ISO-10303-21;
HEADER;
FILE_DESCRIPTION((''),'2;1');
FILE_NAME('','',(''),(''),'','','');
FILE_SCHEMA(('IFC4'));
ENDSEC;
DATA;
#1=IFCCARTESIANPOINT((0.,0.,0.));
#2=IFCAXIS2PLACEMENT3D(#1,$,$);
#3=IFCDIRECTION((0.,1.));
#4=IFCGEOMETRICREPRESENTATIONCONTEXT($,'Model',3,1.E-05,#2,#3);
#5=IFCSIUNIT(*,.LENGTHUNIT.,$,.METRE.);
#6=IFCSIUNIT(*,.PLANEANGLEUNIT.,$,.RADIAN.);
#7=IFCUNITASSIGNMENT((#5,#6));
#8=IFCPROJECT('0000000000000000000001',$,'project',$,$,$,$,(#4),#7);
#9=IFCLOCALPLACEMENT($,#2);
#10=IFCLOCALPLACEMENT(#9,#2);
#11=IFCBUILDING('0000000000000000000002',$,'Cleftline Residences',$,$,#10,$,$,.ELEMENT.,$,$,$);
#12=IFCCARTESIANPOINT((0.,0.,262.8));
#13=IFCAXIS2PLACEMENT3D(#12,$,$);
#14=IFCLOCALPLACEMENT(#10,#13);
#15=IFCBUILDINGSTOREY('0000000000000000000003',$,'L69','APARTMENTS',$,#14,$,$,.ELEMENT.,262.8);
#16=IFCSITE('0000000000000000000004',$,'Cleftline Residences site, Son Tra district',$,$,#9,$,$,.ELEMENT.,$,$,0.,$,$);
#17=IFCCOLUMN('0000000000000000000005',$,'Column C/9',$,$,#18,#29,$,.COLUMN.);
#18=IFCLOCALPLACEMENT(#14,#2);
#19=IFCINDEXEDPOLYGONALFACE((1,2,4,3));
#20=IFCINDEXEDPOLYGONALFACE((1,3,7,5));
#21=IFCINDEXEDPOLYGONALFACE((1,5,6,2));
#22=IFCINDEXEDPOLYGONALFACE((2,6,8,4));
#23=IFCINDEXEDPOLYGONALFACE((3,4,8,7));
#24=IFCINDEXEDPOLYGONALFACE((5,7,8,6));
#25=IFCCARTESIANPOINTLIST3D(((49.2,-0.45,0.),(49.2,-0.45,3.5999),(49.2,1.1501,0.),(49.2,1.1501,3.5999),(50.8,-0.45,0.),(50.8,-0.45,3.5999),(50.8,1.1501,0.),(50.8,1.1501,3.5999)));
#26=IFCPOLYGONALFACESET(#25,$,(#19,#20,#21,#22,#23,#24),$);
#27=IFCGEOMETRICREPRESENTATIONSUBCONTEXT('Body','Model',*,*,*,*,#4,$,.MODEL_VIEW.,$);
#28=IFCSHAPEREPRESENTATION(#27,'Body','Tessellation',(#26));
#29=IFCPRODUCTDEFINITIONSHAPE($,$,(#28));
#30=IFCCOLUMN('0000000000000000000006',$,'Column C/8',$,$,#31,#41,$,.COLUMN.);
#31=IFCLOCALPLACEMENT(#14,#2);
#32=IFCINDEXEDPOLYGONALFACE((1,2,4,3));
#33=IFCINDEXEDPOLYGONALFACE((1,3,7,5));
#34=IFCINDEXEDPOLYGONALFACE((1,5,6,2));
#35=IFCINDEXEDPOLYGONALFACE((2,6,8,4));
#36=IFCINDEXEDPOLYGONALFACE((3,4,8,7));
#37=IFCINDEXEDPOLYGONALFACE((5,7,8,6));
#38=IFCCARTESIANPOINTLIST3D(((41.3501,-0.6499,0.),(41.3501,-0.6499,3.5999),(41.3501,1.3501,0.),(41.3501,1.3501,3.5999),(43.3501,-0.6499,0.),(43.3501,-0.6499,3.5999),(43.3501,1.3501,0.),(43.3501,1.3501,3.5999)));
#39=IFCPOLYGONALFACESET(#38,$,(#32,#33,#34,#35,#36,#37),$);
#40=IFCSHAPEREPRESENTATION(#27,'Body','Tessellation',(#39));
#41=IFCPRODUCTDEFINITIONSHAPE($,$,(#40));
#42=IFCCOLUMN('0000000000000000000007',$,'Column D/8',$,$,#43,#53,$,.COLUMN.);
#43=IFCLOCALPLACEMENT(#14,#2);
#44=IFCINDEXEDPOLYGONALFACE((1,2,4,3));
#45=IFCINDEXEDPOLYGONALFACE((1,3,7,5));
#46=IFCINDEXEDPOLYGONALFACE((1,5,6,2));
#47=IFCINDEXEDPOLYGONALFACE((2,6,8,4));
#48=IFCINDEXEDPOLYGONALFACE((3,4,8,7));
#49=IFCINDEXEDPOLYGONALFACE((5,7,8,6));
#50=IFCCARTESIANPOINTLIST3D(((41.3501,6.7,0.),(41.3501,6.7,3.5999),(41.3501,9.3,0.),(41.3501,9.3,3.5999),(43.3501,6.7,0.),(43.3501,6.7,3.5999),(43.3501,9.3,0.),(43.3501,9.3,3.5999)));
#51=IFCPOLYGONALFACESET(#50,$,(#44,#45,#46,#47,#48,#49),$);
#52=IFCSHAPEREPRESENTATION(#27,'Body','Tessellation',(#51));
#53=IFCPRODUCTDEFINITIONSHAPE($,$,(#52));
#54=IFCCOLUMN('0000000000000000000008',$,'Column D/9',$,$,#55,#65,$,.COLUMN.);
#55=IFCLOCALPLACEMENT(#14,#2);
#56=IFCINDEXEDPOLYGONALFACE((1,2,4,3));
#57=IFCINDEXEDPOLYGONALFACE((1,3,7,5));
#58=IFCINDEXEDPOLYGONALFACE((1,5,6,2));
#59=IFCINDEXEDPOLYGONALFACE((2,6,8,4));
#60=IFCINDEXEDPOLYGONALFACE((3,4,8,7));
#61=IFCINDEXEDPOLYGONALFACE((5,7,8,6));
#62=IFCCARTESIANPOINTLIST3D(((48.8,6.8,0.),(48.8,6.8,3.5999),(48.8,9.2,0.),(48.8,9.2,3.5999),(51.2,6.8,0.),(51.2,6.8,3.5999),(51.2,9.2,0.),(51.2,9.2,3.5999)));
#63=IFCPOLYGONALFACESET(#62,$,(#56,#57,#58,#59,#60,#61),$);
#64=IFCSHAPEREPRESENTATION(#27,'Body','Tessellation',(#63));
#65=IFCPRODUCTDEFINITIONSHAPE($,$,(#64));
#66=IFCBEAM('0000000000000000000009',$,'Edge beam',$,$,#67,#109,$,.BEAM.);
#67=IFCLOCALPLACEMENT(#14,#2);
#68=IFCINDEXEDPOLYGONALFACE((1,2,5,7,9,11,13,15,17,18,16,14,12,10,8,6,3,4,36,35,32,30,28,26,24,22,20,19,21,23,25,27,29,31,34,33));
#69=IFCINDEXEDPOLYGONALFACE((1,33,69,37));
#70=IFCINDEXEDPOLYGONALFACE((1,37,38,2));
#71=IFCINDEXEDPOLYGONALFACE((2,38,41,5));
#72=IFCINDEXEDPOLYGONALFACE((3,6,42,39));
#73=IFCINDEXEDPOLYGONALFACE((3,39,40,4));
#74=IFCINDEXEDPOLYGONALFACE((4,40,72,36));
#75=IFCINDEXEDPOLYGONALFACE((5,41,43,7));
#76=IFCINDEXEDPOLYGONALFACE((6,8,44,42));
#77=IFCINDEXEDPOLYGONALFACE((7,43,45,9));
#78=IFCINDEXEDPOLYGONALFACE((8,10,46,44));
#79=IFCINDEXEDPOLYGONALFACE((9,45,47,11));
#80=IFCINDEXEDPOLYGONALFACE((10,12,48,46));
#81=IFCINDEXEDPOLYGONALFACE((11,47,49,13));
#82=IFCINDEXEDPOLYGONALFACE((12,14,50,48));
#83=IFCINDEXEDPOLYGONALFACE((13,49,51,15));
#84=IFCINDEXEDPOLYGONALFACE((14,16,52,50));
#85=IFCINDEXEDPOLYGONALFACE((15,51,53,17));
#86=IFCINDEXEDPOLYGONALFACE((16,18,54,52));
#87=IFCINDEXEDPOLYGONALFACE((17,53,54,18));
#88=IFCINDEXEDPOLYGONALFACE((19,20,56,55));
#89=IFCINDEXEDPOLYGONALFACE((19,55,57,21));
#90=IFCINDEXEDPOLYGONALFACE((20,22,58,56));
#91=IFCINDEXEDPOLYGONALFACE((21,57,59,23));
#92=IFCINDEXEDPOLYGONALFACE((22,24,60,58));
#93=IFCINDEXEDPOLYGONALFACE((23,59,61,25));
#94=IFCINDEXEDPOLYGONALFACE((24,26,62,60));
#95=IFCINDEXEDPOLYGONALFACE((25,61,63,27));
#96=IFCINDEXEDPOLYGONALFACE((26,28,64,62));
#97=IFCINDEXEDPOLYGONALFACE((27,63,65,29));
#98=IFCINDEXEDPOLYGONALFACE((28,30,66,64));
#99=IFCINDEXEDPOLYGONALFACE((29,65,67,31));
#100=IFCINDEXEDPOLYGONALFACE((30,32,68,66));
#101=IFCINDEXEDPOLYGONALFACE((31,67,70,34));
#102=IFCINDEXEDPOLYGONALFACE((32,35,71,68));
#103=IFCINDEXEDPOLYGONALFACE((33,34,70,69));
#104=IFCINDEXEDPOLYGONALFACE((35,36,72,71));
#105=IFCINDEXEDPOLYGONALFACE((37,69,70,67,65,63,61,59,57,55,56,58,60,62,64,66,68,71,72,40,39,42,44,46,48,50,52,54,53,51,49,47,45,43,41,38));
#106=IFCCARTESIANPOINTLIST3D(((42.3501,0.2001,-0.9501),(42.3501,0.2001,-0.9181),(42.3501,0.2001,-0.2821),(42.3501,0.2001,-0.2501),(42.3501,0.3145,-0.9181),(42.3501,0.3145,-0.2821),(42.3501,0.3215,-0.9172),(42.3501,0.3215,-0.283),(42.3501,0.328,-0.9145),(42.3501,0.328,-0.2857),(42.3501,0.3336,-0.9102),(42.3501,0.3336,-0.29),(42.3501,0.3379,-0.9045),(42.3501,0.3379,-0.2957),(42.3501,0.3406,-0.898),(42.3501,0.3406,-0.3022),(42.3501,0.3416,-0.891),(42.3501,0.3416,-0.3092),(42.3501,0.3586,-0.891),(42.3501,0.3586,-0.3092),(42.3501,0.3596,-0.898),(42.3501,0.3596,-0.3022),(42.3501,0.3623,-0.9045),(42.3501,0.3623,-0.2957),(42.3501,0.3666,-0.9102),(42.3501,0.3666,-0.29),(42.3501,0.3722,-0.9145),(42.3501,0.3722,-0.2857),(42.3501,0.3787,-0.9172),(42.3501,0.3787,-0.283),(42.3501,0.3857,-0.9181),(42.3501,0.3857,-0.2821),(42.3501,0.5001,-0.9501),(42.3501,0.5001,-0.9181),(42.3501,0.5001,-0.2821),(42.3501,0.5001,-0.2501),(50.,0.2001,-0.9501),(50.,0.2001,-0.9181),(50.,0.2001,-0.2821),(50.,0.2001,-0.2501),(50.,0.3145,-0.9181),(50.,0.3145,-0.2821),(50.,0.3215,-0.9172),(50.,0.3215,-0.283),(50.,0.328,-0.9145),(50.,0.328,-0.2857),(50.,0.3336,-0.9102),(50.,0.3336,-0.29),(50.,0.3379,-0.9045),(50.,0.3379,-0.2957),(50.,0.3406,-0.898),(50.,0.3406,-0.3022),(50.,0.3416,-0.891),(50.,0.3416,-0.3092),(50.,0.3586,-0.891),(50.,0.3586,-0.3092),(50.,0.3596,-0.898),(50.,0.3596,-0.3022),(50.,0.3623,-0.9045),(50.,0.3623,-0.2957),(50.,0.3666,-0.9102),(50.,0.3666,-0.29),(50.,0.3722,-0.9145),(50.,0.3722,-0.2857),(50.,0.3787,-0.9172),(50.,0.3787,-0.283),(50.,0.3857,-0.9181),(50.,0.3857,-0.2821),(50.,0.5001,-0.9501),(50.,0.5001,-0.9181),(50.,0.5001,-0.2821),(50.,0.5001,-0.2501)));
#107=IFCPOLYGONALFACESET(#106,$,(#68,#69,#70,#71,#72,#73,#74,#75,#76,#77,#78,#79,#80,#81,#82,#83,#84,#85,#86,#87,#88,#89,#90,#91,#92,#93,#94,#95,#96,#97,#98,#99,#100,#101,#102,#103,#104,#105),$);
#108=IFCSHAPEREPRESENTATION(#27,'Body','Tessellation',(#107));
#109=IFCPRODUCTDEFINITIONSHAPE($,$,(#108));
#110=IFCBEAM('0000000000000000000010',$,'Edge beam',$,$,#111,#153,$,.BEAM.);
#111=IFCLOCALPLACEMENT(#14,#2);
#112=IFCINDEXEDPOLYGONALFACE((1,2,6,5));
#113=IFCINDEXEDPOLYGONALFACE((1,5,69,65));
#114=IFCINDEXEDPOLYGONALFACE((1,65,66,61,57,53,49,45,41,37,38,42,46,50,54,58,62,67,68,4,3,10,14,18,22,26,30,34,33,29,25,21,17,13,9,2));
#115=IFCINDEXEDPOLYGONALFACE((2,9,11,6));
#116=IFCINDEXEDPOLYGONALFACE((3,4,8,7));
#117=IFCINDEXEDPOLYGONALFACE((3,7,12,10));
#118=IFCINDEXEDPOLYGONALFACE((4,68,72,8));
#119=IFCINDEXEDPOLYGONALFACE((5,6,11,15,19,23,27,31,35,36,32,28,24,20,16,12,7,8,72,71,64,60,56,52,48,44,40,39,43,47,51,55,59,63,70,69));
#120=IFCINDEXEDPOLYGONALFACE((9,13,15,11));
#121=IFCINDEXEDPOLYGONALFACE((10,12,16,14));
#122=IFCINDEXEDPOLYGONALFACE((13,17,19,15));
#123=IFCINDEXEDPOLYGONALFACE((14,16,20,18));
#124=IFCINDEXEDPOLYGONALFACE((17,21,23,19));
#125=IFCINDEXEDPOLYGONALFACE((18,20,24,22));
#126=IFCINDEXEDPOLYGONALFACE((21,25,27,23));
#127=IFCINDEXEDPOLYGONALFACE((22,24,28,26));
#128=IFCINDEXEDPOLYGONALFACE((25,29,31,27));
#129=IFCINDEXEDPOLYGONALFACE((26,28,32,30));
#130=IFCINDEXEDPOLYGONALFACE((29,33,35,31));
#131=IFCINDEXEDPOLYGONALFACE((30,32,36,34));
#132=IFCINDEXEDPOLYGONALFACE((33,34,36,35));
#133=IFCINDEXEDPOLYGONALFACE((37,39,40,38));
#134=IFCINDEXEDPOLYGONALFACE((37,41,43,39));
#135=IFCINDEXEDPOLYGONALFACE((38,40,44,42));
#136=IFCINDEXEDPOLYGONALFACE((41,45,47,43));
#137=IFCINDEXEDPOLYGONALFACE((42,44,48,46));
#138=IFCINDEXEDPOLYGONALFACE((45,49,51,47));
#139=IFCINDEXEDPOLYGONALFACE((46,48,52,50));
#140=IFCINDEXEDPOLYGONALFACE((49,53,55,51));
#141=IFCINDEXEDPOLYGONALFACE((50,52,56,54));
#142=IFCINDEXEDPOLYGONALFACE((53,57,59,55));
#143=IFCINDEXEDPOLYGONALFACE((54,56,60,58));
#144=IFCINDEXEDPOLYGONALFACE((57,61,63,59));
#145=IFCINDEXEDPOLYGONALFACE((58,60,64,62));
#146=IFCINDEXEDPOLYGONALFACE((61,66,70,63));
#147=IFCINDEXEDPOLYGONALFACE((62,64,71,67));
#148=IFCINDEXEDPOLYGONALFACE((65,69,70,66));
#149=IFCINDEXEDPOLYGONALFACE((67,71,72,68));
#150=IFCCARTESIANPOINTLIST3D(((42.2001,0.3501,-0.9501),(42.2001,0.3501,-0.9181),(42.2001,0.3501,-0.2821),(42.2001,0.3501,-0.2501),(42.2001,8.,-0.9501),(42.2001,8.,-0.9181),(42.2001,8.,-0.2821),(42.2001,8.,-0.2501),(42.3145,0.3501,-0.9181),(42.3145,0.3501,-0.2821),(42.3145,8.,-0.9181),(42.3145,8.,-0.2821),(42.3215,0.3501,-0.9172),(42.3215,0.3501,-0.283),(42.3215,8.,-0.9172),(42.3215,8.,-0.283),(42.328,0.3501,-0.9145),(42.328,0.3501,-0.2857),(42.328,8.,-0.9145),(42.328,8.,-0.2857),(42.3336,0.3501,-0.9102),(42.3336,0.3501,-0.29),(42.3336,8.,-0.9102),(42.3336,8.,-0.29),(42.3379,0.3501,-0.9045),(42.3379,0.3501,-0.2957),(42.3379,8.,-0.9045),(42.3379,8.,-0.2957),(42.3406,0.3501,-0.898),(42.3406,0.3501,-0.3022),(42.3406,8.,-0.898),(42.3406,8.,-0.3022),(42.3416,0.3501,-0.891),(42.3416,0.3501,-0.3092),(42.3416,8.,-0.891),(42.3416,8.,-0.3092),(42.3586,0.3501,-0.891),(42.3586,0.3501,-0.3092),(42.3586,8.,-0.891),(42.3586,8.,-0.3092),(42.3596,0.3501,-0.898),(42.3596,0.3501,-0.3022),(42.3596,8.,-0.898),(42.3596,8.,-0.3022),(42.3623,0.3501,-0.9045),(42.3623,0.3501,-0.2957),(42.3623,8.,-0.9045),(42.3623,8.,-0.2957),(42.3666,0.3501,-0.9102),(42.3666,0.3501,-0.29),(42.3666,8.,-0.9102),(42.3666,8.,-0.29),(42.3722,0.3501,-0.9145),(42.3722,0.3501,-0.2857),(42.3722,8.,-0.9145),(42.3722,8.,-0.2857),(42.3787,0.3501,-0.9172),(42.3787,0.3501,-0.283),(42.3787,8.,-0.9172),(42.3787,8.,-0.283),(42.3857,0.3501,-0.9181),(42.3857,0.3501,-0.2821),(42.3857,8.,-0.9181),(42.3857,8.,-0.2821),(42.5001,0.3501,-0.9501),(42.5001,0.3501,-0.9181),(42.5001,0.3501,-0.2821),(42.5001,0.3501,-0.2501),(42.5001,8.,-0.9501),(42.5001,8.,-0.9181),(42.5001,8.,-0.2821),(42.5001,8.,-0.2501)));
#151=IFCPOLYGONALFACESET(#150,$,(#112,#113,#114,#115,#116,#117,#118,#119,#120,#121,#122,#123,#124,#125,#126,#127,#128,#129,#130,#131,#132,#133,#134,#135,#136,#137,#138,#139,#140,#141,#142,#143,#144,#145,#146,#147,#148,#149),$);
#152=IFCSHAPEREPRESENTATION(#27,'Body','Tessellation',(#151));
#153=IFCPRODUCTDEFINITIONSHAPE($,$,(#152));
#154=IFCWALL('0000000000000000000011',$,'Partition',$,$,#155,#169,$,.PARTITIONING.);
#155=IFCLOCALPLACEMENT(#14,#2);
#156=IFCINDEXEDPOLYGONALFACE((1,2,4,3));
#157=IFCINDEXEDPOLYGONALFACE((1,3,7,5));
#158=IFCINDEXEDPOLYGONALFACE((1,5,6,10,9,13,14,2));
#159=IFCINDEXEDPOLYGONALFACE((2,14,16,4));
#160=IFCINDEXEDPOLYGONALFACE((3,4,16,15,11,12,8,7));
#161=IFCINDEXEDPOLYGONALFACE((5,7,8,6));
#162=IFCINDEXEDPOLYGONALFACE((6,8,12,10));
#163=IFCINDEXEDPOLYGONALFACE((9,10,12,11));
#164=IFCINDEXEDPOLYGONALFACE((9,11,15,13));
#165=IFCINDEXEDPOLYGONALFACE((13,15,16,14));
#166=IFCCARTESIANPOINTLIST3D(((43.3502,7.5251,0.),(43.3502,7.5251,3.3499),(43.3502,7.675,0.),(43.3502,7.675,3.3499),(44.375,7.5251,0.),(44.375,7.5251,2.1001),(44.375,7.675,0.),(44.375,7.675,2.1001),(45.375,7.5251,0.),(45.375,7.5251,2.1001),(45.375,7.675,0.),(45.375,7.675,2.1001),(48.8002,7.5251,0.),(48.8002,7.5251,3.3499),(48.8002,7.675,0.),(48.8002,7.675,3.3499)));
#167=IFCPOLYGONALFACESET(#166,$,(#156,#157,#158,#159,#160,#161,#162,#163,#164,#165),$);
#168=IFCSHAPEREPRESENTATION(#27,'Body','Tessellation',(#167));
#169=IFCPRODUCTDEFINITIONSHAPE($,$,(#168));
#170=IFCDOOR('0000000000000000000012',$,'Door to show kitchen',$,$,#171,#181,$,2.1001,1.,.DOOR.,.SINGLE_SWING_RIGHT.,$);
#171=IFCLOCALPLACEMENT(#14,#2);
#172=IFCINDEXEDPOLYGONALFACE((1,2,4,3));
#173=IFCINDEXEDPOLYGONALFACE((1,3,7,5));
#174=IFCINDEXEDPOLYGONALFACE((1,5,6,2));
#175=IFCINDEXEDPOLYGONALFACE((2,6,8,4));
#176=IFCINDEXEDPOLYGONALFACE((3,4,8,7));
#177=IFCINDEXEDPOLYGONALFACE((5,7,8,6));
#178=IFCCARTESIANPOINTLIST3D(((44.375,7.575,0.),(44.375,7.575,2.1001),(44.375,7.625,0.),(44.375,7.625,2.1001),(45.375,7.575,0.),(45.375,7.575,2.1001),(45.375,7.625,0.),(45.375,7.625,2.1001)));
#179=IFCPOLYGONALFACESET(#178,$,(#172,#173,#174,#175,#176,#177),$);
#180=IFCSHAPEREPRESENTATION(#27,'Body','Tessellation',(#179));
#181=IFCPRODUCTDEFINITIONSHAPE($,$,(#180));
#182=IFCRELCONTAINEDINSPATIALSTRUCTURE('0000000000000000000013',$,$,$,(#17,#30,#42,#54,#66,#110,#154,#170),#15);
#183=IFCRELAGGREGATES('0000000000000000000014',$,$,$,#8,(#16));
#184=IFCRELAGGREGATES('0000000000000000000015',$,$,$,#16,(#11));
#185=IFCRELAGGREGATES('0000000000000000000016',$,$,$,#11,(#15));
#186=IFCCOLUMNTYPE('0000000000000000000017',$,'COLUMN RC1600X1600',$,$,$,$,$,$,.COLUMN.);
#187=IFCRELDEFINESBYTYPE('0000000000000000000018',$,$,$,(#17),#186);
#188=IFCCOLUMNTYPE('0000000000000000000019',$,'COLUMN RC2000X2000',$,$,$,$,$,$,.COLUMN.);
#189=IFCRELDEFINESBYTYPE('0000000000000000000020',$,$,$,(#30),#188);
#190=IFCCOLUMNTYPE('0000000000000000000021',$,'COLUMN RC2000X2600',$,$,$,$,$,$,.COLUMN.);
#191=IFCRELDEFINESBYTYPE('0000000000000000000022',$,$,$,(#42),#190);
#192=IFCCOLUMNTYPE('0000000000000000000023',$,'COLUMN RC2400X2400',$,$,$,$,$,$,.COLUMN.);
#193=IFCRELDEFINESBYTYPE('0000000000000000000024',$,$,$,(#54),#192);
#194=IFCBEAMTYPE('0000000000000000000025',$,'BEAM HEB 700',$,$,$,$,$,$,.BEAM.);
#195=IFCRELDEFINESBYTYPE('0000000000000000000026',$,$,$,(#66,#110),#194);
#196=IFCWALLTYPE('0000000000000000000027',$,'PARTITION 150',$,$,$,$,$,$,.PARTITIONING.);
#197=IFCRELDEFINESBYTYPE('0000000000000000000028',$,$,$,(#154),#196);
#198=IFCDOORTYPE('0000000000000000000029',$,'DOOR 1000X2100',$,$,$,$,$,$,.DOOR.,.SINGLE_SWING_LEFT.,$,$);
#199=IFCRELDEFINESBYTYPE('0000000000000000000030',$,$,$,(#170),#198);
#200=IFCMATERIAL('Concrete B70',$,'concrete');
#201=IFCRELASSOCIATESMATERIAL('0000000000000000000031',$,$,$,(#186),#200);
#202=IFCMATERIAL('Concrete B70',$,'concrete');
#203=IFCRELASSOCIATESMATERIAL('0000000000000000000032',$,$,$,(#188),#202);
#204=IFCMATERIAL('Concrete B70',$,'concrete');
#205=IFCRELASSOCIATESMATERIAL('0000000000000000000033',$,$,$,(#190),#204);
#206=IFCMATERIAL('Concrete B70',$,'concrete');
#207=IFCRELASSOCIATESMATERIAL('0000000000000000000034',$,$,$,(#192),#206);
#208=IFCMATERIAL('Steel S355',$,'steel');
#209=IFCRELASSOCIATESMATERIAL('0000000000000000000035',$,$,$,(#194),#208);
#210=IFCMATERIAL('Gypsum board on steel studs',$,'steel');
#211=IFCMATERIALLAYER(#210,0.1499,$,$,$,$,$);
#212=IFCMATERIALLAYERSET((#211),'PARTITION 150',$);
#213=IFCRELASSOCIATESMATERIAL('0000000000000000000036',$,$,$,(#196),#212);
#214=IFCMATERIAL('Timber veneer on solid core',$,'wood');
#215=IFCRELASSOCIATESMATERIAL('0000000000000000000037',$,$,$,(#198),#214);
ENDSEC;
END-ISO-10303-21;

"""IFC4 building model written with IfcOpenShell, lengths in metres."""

from ifc_helpers import new_model, si_unit, direction, frame, frame_2d, origin, origin_2d, place, context, subcontext, project, spatial, rectangle, i_section, extrude, material, layer, layer_set, material_profile, profile_set, type_object, element, fill, save


model = new_model("IFC4")

# Units and contexts
model_context = context("Model", 3, precision=1e-05, world=origin(), true_north=direction((0.0, 1.0)))
body_context = subcontext(model_context, "Body", "Model", "MODEL_VIEW")
ifc_project = project(units=[si_unit("LENGTHUNIT", "METRE"), si_unit("PLANEANGLEUNIT", "RADIAN")], contexts=[model_context])

# Site, building, storey
site_placement = place(None, origin())
site = spatial("IfcSite", under=ifc_project, at=site_placement, Name="Cleftline Residences site, Son Tra district", CompositionType="ELEMENT", RefElevation=0.0)
building_placement = place(site_placement, origin())
building = spatial("IfcBuilding", under=site, at=building_placement, Name="Cleftline Residences", CompositionType="ELEMENT")
storey_placement = place(building_placement, frame((0.0, 0.0, 262.8)))
storey = spatial("IfcBuildingStorey", under=building, at=storey_placement, Name="L69", Description="APARTMENTS", CompositionType="ELEMENT", Elevation=262.8)

# Columns
ifc_material_1 = material(Name="Concrete B70", Category="concrete")
ifc_material_profile_1 = material_profile(ifc_material_1, rectangle(XDim=1.6001, YDim=1.6001, at=origin_2d()))
ifc_profile_set_1 = profile_set([ifc_material_profile_1], Name="Concrete B70")
column_type_1 = type_object("IfcColumnType", Name="COLUMN RC1600X1600", PredefinedType="COLUMN", material=ifc_profile_set_1)
column_1_placement = place(storey_placement, frame((50.0, 0.3501, 0.0), z_axis=(0.0, 0.0, 1.0), x_axis=(1.0, 0.0, 0.0)))
element("IfcColumn", 1, at=column_1_placement, inside=storey, type_object=column_type_1, Name="Column C/9", PredefinedType="COLUMN", context=body_context, shape_type="SweptSolid", body=[
    extrude(rectangle(XDim=1.6001, YDim=1.6001, at=origin_2d()), origin(), (0.0, 0.0, 1.0), 3.5999),
])
ifc_material_2 = material(Name="Concrete B70", Category="concrete")
ifc_material_profile_2 = material_profile(ifc_material_2, rectangle(XDim=2.0, YDim=2.0, at=origin_2d()))
ifc_profile_set_2 = profile_set([ifc_material_profile_2], Name="Concrete B70")
column_type_2 = type_object("IfcColumnType", Name="COLUMN RC2000X2000", PredefinedType="COLUMN", material=ifc_profile_set_2)
column_2_placement = place(storey_placement, frame((42.3501, 0.3501, 0.0), z_axis=(0.0, 0.0, 1.0), x_axis=(1.0, 0.0, 0.0)))
element("IfcColumn", 2, at=column_2_placement, inside=storey, type_object=column_type_2, Name="Column C/8", PredefinedType="COLUMN", context=body_context, shape_type="SweptSolid", body=[
    extrude(rectangle(XDim=2.0, YDim=2.0, at=origin_2d()), origin(), (0.0, 0.0, 1.0), 3.5999),
])
ifc_material_3 = material(Name="Concrete B70", Category="concrete")
ifc_material_profile_3 = material_profile(ifc_material_3, rectangle(XDim=2.0, YDim=2.6001, at=origin_2d()))
ifc_profile_set_3 = profile_set([ifc_material_profile_3], Name="Concrete B70")
column_type_3 = type_object("IfcColumnType", Name="COLUMN RC2000X2600", PredefinedType="COLUMN", material=ifc_profile_set_3)
column_3_placement = place(storey_placement, frame((42.3501, 8.0, 0.0), z_axis=(0.0, 0.0, 1.0), x_axis=(1.0, 0.0, 0.0)))
element("IfcColumn", 3, at=column_3_placement, inside=storey, type_object=column_type_3, Name="Column D/8", PredefinedType="COLUMN", context=body_context, shape_type="SweptSolid", body=[
    extrude(rectangle(XDim=2.0, YDim=2.6001, at=origin_2d()), origin(), (0.0, 0.0, 1.0), 3.5999),
])
ifc_material_4 = material(Name="Concrete B70", Category="concrete")
ifc_material_profile_4 = material_profile(ifc_material_4, rectangle(XDim=2.3999, YDim=2.3999, at=origin_2d()))
ifc_profile_set_4 = profile_set([ifc_material_profile_4], Name="Concrete B70")
column_type_4 = type_object("IfcColumnType", Name="COLUMN RC2400X2400", PredefinedType="COLUMN", material=ifc_profile_set_4)
column_4_placement = place(storey_placement, frame((50.0, 8.0, 0.0), z_axis=(0.0, 0.0, 1.0), x_axis=(1.0, 0.0, 0.0)))
element("IfcColumn", 4, at=column_4_placement, inside=storey, type_object=column_type_4, Name="Column D/9", PredefinedType="COLUMN", context=body_context, shape_type="SweptSolid", body=[
    extrude(rectangle(XDim=2.3999, YDim=2.3999, at=origin_2d()), origin(), (0.0, 0.0, 1.0), 3.5999),
])

# Beams
ifc_material_5 = material(Name="Steel S355", Category="steel")
ifc_material_profile_5 = material_profile(ifc_material_5, i_section(OverallWidth=0.3, OverallDepth=0.7, WebThickness=0.0171, FlangeThickness=0.032, FilletRadius=0.0271, at=origin_2d()))
ifc_profile_set_5 = profile_set([ifc_material_profile_5], Name="Steel S355")
beam_type = type_object("IfcBeamType", Name="BEAM HEB 700", PredefinedType="BEAM", material=ifc_profile_set_5)
for number, where, z_axis, x_axis, name in (
    (5, (50.0, 0.3501, -0.6001), (-1.0, 0.0, 0.0), (0.0, -1.0, 0.0), "Edge beam"),
    (6, (42.3501, 0.3501, -0.6001), (0.0, 1.0, 0.0), (-1.0, 0.0, 0.0), "Edge beam"),
):
    element("IfcBeam", number, at=place(storey_placement, frame(where, z_axis=z_axis, x_axis=x_axis)), inside=storey, type_object=beam_type, Name=name, PredefinedType="BEAM", context=body_context, shape_type="SweptSolid", body=[
        extrude(i_section(OverallWidth=0.3, OverallDepth=0.7, WebThickness=0.0171, FlangeThickness=0.032, FilletRadius=0.0271, at=origin_2d()), origin(), (0.0, 0.0, 1.0), 7.6499),
    ])

# Wall, opening, door
ifc_material_6 = material(Name="Gypsum board on steel studs", Category="steel")
ifc_layer_1 = layer(ifc_material_6, 0.1499)
ifc_layer_set_1 = layer_set([ifc_layer_1], Name="PARTITION 150")
wall_type_1 = type_object("IfcWallType", Name="PARTITION 150", PredefinedType="PARTITIONING", material=ifc_layer_set_1)
wall_1_placement = place(storey_placement, frame((43.3501, 7.6001, 0.0), z_axis=(0.0, 0.0, 1.0), x_axis=(1.0, 0.0, 0.0)))
wall_1 = element("IfcWall", 7, at=wall_1_placement, inside=storey, type_object=wall_type_1, Name="Partition", PredefinedType="PARTITIONING", context=body_context, shape_type="SweptSolid", body=[
    extrude(rectangle(XDim=5.45, YDim=0.1499, at=frame_2d((2.7251, 0.0))), origin(), (0.0, 0.0, 1.0), 3.3499),
])
opening_1_placement = place(wall_1_placement, frame((1.0249, 0.0, 0.0)))
opening_1 = element("IfcOpeningElement", 8, at=opening_1_placement, cuts=wall_1, PredefinedType="OPENING", context=body_context, shape_type="SweptSolid", body=[
    extrude(rectangle(XDim=1.0, YDim=2.1001, at=frame_2d((0.5, 1.05))), frame((0.0, 0.085, 0.0), z_axis=(0.0, -1.0, 0.0), x_axis=(1.0, 0.0, 0.0)), (0.0, 0.0, 1.0), 0.1699),
])
ifc_material_7 = material(Name="Timber veneer on solid core", Category="wood")
door_type_1 = type_object("IfcDoorType", Name="DOOR 1000X2100", OperationType="SINGLE_SWING_LEFT", PredefinedType="DOOR", material=ifc_material_7)
door_1_placement = place(opening_1_placement, origin())
door_1 = element("IfcDoor", 9, at=door_1_placement, inside=storey, type_object=door_type_1, Name="Door to show kitchen", OperationType="SINGLE_SWING_RIGHT", OverallHeight=2.1001, OverallWidth=1.0, PredefinedType="DOOR", context=body_context, shape_type="SweptSolid", body=[
    extrude(rectangle(XDim=1.0, YDim=2.1001, at=frame_2d((0.5, 1.05))), frame((0.0, 0.0249, 0.0), z_axis=(0.0, -1.0, 0.0), x_axis=(1.0, 0.0, 0.0)), (0.0, 0.0, 1.0), 0.05),
])
fill(opening_1, door_1)

save(model, "model.ifc")
